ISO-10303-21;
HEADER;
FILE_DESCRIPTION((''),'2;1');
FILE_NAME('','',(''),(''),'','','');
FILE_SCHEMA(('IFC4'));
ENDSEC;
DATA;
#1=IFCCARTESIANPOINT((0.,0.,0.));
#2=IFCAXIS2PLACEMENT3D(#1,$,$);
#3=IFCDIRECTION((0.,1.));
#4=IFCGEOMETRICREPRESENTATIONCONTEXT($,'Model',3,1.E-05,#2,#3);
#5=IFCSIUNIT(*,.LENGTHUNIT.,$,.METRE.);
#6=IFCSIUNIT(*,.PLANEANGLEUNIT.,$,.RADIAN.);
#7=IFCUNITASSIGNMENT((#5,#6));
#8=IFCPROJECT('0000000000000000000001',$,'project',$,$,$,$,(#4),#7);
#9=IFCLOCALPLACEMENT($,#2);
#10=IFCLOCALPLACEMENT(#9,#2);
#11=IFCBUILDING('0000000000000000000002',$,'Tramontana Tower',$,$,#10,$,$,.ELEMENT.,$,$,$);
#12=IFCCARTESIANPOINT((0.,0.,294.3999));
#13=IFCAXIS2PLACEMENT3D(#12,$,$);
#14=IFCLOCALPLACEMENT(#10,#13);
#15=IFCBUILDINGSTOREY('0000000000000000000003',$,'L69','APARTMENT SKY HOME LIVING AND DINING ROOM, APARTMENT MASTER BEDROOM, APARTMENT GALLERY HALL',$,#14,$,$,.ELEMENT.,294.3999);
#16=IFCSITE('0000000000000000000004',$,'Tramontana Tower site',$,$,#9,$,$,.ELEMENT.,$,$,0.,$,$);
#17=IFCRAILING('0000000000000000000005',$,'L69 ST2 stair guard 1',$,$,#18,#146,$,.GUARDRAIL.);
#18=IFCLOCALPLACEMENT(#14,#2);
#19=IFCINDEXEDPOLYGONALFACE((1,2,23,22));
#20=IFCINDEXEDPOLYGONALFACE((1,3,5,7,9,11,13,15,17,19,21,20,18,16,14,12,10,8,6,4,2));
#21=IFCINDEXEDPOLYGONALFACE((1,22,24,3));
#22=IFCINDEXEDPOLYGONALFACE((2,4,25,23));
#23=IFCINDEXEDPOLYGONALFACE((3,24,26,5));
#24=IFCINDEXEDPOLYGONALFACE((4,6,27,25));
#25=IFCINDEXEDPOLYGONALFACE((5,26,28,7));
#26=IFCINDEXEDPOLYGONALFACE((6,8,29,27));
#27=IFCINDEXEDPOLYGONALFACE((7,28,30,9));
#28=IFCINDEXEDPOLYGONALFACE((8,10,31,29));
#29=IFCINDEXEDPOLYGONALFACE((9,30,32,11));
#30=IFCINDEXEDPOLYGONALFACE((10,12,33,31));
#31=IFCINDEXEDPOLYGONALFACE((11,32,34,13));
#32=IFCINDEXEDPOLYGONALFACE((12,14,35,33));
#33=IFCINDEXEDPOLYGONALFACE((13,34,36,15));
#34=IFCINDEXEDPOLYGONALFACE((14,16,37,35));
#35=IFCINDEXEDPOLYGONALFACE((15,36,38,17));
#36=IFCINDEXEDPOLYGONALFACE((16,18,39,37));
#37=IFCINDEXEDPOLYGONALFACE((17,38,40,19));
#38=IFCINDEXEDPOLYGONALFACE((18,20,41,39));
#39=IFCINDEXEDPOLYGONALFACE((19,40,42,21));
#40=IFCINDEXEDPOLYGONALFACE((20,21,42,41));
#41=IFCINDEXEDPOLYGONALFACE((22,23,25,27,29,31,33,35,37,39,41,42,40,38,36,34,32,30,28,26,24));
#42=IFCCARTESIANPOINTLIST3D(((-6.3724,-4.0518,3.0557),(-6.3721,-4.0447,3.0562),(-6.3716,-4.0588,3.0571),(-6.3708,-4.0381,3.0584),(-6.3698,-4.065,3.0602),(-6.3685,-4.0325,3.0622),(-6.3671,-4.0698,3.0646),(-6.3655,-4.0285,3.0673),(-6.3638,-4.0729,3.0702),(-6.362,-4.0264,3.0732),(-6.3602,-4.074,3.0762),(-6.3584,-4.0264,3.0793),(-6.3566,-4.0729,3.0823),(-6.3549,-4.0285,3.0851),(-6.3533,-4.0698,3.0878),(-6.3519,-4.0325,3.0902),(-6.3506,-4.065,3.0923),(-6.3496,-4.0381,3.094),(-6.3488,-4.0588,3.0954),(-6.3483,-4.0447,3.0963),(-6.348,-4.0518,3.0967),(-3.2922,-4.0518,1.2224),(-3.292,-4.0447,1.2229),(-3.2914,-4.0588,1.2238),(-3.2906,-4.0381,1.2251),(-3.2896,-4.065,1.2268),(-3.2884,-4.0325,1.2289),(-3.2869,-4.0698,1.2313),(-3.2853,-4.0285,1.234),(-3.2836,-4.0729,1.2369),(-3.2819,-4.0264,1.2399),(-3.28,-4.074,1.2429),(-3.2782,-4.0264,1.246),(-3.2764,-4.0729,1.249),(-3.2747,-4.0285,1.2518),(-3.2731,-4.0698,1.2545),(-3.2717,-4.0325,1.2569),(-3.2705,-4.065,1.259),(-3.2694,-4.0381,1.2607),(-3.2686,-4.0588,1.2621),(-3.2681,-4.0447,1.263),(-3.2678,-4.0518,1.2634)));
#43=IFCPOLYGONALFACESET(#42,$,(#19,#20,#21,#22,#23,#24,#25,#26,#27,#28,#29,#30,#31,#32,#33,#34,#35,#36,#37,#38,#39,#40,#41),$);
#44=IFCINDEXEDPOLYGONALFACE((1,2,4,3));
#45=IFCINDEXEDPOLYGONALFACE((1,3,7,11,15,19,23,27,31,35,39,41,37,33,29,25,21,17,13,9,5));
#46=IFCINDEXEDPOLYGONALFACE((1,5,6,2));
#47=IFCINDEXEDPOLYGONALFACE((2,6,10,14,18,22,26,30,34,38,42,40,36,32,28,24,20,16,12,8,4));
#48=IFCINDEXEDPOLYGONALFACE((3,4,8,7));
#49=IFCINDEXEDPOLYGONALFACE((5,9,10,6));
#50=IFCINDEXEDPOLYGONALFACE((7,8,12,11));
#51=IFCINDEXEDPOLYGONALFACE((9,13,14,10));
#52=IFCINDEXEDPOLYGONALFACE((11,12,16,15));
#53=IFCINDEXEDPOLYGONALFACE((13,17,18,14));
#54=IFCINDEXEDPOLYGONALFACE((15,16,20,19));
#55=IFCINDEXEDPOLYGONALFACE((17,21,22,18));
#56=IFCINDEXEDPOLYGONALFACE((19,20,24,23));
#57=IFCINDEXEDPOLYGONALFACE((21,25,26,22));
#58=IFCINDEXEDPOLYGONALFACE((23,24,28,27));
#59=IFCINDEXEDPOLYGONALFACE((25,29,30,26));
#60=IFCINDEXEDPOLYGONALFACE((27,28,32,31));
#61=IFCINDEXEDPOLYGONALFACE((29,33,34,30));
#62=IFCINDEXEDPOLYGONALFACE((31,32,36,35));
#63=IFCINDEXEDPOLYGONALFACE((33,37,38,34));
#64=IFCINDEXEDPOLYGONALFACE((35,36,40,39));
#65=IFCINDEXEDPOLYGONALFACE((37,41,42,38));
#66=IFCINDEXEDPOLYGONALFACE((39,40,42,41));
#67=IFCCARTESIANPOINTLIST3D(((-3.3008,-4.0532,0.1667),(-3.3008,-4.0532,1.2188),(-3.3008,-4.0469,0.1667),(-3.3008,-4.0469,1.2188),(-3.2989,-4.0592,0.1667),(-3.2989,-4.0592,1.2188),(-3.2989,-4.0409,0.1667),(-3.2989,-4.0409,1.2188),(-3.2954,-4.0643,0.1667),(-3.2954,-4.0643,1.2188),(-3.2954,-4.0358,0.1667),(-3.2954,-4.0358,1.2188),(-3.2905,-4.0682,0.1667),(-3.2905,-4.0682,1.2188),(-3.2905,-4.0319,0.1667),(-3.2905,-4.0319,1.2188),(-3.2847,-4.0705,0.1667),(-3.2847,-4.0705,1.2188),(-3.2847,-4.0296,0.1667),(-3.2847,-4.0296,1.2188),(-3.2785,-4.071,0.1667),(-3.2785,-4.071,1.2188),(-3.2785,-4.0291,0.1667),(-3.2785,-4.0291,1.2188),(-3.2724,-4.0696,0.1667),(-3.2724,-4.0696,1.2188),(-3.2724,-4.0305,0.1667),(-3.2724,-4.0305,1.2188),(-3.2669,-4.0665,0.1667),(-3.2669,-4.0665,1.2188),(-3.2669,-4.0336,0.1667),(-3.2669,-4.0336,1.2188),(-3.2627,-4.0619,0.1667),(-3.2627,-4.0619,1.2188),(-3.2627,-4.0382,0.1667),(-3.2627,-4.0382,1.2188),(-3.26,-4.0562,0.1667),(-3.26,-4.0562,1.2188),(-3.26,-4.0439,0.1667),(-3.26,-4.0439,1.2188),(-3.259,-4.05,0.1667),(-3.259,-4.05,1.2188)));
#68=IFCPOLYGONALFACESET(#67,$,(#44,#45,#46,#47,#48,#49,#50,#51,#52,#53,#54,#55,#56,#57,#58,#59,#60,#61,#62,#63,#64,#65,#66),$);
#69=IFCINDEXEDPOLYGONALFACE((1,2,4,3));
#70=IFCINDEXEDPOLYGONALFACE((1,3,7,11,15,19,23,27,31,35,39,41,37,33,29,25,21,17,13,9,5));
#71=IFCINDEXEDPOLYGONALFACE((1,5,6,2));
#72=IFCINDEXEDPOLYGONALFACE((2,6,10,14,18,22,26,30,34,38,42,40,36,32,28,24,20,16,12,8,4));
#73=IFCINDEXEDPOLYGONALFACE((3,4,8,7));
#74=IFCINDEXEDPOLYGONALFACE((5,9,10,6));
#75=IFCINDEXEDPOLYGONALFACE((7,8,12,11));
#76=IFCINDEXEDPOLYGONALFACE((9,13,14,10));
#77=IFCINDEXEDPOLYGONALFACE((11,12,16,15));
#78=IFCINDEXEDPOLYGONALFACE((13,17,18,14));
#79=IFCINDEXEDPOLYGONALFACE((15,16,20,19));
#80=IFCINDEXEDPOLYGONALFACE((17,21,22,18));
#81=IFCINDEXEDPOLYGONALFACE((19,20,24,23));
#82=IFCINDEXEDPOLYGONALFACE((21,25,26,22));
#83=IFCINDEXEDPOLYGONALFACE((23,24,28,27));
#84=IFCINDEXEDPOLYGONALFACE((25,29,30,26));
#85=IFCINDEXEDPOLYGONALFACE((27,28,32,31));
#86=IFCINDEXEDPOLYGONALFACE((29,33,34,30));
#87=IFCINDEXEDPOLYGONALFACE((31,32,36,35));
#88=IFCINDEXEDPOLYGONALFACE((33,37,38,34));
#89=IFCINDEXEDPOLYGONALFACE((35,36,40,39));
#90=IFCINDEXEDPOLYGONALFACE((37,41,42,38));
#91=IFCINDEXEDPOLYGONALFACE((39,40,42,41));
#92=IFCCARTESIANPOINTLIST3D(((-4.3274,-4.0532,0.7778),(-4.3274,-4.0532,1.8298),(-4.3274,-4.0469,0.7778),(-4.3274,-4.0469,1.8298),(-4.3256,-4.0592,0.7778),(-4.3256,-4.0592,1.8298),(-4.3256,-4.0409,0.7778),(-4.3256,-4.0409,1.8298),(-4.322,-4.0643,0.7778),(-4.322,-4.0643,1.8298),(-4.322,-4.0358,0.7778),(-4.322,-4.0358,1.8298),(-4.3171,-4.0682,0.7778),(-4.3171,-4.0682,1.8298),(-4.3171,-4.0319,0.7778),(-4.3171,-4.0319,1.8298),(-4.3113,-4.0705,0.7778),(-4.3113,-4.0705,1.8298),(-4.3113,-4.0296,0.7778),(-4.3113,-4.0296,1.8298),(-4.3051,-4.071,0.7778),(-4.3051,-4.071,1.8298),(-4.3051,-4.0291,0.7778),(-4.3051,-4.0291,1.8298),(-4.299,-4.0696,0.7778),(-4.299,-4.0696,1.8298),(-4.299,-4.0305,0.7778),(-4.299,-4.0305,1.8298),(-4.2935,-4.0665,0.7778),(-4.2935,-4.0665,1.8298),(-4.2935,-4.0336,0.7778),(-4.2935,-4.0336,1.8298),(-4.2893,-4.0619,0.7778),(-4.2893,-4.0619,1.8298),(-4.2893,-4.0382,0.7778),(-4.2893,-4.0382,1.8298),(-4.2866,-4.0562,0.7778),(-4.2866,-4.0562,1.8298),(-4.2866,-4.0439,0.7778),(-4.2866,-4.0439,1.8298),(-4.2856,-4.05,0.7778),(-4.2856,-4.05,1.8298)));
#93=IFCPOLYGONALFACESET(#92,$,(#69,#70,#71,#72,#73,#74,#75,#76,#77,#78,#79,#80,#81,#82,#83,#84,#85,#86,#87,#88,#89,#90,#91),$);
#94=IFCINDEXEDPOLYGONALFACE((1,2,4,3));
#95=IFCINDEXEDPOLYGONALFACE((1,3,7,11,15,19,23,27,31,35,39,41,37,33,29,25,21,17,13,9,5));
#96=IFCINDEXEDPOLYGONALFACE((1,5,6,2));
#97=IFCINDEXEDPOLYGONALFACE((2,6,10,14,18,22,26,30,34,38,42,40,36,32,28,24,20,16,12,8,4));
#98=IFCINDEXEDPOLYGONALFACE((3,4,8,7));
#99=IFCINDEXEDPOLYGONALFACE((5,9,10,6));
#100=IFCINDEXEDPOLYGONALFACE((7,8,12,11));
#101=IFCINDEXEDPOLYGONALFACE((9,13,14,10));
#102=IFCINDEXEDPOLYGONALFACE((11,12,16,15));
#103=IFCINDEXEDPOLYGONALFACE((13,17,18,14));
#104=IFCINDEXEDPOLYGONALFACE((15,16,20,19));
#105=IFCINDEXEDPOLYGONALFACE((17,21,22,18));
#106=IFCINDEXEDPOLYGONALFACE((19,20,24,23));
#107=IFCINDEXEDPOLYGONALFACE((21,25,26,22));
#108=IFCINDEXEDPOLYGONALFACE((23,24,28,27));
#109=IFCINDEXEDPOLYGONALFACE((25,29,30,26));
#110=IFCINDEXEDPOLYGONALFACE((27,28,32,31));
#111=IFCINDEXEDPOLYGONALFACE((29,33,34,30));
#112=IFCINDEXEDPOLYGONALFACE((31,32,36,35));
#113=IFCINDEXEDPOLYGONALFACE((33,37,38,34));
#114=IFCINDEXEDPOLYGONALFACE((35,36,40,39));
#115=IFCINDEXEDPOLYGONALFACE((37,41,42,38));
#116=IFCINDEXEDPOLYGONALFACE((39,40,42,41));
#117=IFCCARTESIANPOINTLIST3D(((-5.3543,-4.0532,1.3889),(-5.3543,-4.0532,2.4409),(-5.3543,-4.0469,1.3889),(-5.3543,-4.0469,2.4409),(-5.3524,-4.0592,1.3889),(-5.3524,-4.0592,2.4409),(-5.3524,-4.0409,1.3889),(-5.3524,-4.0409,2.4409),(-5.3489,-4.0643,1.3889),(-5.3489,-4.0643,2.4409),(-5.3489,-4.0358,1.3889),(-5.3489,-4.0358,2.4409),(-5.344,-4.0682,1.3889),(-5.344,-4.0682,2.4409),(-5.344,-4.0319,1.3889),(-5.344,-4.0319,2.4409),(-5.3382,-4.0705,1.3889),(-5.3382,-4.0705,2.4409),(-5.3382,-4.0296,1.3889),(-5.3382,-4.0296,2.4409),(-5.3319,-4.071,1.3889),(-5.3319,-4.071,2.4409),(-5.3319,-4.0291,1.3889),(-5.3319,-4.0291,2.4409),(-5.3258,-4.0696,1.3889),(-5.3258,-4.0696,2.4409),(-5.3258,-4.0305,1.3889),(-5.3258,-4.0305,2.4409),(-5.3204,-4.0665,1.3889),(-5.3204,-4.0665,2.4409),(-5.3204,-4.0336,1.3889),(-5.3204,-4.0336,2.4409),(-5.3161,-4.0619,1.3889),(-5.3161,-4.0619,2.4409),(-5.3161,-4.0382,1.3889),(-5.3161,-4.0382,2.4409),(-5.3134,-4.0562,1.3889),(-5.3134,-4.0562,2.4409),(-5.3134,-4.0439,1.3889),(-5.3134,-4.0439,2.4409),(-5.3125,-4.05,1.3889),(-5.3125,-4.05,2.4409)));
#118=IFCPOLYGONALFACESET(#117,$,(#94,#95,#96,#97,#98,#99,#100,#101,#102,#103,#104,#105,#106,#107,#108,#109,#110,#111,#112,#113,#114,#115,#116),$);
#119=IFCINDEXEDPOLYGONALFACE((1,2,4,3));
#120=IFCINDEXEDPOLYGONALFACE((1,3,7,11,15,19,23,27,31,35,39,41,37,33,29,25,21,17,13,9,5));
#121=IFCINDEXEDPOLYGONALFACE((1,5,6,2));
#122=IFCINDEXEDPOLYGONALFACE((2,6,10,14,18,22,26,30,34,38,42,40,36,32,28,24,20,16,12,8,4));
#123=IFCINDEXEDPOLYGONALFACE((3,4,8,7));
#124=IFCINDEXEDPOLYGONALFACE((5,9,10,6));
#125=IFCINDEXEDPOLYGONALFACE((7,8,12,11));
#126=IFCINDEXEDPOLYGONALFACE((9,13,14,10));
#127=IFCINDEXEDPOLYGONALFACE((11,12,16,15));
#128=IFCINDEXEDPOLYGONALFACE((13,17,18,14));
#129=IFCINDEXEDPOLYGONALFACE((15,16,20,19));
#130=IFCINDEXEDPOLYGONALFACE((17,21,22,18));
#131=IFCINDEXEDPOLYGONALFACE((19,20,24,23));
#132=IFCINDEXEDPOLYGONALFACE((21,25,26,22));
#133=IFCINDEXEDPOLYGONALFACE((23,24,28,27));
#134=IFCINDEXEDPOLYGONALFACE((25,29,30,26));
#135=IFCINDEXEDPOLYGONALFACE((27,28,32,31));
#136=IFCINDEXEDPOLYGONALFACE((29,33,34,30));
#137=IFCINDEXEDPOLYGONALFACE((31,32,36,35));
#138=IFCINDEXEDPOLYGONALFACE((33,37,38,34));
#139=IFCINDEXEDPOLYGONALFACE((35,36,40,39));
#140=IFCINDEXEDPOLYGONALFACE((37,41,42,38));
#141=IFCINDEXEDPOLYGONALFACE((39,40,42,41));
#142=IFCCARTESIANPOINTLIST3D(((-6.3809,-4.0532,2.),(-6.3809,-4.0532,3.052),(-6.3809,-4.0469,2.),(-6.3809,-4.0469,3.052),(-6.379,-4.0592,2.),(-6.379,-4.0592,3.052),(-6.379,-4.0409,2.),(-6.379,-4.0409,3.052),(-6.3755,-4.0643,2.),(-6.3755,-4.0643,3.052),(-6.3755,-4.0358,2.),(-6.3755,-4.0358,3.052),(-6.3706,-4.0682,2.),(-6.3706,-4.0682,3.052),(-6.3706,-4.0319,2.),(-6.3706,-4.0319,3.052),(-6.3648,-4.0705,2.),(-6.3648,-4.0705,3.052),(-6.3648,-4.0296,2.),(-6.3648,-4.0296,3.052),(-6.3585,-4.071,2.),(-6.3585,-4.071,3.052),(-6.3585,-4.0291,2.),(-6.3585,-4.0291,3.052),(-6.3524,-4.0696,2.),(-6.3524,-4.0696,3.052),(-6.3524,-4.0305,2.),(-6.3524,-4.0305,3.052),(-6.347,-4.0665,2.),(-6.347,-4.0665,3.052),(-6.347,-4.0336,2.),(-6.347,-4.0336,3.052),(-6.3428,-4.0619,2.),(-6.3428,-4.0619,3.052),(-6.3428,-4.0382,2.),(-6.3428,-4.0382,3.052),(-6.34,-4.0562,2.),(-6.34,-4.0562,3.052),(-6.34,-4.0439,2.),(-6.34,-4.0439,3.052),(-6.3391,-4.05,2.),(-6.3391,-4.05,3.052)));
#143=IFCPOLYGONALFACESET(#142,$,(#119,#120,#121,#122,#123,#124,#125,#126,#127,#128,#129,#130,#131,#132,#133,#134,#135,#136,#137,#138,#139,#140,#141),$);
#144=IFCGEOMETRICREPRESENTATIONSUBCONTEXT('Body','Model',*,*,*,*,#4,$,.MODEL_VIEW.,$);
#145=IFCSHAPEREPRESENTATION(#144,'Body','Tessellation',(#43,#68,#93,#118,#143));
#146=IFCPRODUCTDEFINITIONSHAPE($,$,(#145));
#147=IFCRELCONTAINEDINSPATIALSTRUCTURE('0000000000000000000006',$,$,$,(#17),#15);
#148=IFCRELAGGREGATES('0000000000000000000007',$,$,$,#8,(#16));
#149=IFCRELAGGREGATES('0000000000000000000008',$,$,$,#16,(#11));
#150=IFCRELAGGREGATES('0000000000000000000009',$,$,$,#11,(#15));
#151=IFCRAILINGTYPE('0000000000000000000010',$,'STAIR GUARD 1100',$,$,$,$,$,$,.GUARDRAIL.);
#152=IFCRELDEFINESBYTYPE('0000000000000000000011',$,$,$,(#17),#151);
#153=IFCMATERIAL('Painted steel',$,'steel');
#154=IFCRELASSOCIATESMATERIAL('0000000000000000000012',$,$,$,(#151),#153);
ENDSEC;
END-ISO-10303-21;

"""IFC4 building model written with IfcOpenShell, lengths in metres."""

from ifc_helpers import new_model, si_unit, direction, frame, origin, origin_2d, place, context, subcontext, project, spatial, circle, extrude, material, type_object, element, save


model = new_model("IFC4")

# Units and contexts
model_context = context("Model", 3, precision=1e-05, world=origin(), true_north=direction((0.0, 1.0)))
body_context = subcontext(model_context, "Body", "Model", "MODEL_VIEW")
ifc_project = project(units=[si_unit("LENGTHUNIT", "METRE"), si_unit("PLANEANGLEUNIT", "RADIAN")], contexts=[model_context])

# Site, building, storey
site_placement = place(None, origin())
site = spatial("IfcSite", under=ifc_project, at=site_placement, Name="Tramontana Tower site", CompositionType="ELEMENT", RefElevation=0.0)
building_placement = place(site_placement, origin())
building = spatial("IfcBuilding", under=site, at=building_placement, Name="Tramontana Tower", CompositionType="ELEMENT")
storey_placement = place(building_placement, frame((0.0, 0.0, 294.3999)))
storey = spatial("IfcBuildingStorey", under=building, at=storey_placement, Name="L69", Description="APARTMENT SKY HOME LIVING AND DINING ROOM, APARTMENT MASTER BEDROOM, APARTMENT GALLERY HALL", CompositionType="ELEMENT", Elevation=294.3999)

# Railing
ifc_material_1 = material(Name="Painted steel", Category="steel")
railing_type_1 = type_object("IfcRailingType", Name="STAIR GUARD 1100", PredefinedType="GUARDRAIL", material=ifc_material_1)
railing_1_placement = place(storey_placement, frame((-3.28, -4.05, 0.1667)))
element("IfcRailing", 1, at=railing_1_placement, inside=storey, type_object=railing_type_1, Name="L69 ST2 stair guard 1", PredefinedType="GUARDRAIL", context=body_context, shape_type="SweptSolid", body=[
    extrude(circle(Radius=0.0239, at=origin_2d()), frame((0.0, 0.0, 1.0762), z_axis=(-0.859309, 0.0, 0.511458), x_axis=(0.0, -1.0, 0.0)), (0.0, 0.0, 1.0), 3.5845),
    extrude(circle(Radius=0.021, at=origin_2d()), origin(), (0.0, 0.0, 1.0), 1.052),
    extrude(circle(Radius=0.021, at=origin_2d()), frame((-1.0266, 0.0, 0.6111)), (0.0, 0.0, 1.0), 1.052),
    extrude(circle(Radius=0.021, at=origin_2d()), frame((-2.0535, 0.0, 1.2222)), (0.0, 0.0, 1.0), 1.052),
    extrude(circle(Radius=0.021, at=origin_2d()), frame((-3.0801, 0.0, 1.8333)), (0.0, 0.0, 1.0), 1.052),
])

save(model, "model.ifc")
